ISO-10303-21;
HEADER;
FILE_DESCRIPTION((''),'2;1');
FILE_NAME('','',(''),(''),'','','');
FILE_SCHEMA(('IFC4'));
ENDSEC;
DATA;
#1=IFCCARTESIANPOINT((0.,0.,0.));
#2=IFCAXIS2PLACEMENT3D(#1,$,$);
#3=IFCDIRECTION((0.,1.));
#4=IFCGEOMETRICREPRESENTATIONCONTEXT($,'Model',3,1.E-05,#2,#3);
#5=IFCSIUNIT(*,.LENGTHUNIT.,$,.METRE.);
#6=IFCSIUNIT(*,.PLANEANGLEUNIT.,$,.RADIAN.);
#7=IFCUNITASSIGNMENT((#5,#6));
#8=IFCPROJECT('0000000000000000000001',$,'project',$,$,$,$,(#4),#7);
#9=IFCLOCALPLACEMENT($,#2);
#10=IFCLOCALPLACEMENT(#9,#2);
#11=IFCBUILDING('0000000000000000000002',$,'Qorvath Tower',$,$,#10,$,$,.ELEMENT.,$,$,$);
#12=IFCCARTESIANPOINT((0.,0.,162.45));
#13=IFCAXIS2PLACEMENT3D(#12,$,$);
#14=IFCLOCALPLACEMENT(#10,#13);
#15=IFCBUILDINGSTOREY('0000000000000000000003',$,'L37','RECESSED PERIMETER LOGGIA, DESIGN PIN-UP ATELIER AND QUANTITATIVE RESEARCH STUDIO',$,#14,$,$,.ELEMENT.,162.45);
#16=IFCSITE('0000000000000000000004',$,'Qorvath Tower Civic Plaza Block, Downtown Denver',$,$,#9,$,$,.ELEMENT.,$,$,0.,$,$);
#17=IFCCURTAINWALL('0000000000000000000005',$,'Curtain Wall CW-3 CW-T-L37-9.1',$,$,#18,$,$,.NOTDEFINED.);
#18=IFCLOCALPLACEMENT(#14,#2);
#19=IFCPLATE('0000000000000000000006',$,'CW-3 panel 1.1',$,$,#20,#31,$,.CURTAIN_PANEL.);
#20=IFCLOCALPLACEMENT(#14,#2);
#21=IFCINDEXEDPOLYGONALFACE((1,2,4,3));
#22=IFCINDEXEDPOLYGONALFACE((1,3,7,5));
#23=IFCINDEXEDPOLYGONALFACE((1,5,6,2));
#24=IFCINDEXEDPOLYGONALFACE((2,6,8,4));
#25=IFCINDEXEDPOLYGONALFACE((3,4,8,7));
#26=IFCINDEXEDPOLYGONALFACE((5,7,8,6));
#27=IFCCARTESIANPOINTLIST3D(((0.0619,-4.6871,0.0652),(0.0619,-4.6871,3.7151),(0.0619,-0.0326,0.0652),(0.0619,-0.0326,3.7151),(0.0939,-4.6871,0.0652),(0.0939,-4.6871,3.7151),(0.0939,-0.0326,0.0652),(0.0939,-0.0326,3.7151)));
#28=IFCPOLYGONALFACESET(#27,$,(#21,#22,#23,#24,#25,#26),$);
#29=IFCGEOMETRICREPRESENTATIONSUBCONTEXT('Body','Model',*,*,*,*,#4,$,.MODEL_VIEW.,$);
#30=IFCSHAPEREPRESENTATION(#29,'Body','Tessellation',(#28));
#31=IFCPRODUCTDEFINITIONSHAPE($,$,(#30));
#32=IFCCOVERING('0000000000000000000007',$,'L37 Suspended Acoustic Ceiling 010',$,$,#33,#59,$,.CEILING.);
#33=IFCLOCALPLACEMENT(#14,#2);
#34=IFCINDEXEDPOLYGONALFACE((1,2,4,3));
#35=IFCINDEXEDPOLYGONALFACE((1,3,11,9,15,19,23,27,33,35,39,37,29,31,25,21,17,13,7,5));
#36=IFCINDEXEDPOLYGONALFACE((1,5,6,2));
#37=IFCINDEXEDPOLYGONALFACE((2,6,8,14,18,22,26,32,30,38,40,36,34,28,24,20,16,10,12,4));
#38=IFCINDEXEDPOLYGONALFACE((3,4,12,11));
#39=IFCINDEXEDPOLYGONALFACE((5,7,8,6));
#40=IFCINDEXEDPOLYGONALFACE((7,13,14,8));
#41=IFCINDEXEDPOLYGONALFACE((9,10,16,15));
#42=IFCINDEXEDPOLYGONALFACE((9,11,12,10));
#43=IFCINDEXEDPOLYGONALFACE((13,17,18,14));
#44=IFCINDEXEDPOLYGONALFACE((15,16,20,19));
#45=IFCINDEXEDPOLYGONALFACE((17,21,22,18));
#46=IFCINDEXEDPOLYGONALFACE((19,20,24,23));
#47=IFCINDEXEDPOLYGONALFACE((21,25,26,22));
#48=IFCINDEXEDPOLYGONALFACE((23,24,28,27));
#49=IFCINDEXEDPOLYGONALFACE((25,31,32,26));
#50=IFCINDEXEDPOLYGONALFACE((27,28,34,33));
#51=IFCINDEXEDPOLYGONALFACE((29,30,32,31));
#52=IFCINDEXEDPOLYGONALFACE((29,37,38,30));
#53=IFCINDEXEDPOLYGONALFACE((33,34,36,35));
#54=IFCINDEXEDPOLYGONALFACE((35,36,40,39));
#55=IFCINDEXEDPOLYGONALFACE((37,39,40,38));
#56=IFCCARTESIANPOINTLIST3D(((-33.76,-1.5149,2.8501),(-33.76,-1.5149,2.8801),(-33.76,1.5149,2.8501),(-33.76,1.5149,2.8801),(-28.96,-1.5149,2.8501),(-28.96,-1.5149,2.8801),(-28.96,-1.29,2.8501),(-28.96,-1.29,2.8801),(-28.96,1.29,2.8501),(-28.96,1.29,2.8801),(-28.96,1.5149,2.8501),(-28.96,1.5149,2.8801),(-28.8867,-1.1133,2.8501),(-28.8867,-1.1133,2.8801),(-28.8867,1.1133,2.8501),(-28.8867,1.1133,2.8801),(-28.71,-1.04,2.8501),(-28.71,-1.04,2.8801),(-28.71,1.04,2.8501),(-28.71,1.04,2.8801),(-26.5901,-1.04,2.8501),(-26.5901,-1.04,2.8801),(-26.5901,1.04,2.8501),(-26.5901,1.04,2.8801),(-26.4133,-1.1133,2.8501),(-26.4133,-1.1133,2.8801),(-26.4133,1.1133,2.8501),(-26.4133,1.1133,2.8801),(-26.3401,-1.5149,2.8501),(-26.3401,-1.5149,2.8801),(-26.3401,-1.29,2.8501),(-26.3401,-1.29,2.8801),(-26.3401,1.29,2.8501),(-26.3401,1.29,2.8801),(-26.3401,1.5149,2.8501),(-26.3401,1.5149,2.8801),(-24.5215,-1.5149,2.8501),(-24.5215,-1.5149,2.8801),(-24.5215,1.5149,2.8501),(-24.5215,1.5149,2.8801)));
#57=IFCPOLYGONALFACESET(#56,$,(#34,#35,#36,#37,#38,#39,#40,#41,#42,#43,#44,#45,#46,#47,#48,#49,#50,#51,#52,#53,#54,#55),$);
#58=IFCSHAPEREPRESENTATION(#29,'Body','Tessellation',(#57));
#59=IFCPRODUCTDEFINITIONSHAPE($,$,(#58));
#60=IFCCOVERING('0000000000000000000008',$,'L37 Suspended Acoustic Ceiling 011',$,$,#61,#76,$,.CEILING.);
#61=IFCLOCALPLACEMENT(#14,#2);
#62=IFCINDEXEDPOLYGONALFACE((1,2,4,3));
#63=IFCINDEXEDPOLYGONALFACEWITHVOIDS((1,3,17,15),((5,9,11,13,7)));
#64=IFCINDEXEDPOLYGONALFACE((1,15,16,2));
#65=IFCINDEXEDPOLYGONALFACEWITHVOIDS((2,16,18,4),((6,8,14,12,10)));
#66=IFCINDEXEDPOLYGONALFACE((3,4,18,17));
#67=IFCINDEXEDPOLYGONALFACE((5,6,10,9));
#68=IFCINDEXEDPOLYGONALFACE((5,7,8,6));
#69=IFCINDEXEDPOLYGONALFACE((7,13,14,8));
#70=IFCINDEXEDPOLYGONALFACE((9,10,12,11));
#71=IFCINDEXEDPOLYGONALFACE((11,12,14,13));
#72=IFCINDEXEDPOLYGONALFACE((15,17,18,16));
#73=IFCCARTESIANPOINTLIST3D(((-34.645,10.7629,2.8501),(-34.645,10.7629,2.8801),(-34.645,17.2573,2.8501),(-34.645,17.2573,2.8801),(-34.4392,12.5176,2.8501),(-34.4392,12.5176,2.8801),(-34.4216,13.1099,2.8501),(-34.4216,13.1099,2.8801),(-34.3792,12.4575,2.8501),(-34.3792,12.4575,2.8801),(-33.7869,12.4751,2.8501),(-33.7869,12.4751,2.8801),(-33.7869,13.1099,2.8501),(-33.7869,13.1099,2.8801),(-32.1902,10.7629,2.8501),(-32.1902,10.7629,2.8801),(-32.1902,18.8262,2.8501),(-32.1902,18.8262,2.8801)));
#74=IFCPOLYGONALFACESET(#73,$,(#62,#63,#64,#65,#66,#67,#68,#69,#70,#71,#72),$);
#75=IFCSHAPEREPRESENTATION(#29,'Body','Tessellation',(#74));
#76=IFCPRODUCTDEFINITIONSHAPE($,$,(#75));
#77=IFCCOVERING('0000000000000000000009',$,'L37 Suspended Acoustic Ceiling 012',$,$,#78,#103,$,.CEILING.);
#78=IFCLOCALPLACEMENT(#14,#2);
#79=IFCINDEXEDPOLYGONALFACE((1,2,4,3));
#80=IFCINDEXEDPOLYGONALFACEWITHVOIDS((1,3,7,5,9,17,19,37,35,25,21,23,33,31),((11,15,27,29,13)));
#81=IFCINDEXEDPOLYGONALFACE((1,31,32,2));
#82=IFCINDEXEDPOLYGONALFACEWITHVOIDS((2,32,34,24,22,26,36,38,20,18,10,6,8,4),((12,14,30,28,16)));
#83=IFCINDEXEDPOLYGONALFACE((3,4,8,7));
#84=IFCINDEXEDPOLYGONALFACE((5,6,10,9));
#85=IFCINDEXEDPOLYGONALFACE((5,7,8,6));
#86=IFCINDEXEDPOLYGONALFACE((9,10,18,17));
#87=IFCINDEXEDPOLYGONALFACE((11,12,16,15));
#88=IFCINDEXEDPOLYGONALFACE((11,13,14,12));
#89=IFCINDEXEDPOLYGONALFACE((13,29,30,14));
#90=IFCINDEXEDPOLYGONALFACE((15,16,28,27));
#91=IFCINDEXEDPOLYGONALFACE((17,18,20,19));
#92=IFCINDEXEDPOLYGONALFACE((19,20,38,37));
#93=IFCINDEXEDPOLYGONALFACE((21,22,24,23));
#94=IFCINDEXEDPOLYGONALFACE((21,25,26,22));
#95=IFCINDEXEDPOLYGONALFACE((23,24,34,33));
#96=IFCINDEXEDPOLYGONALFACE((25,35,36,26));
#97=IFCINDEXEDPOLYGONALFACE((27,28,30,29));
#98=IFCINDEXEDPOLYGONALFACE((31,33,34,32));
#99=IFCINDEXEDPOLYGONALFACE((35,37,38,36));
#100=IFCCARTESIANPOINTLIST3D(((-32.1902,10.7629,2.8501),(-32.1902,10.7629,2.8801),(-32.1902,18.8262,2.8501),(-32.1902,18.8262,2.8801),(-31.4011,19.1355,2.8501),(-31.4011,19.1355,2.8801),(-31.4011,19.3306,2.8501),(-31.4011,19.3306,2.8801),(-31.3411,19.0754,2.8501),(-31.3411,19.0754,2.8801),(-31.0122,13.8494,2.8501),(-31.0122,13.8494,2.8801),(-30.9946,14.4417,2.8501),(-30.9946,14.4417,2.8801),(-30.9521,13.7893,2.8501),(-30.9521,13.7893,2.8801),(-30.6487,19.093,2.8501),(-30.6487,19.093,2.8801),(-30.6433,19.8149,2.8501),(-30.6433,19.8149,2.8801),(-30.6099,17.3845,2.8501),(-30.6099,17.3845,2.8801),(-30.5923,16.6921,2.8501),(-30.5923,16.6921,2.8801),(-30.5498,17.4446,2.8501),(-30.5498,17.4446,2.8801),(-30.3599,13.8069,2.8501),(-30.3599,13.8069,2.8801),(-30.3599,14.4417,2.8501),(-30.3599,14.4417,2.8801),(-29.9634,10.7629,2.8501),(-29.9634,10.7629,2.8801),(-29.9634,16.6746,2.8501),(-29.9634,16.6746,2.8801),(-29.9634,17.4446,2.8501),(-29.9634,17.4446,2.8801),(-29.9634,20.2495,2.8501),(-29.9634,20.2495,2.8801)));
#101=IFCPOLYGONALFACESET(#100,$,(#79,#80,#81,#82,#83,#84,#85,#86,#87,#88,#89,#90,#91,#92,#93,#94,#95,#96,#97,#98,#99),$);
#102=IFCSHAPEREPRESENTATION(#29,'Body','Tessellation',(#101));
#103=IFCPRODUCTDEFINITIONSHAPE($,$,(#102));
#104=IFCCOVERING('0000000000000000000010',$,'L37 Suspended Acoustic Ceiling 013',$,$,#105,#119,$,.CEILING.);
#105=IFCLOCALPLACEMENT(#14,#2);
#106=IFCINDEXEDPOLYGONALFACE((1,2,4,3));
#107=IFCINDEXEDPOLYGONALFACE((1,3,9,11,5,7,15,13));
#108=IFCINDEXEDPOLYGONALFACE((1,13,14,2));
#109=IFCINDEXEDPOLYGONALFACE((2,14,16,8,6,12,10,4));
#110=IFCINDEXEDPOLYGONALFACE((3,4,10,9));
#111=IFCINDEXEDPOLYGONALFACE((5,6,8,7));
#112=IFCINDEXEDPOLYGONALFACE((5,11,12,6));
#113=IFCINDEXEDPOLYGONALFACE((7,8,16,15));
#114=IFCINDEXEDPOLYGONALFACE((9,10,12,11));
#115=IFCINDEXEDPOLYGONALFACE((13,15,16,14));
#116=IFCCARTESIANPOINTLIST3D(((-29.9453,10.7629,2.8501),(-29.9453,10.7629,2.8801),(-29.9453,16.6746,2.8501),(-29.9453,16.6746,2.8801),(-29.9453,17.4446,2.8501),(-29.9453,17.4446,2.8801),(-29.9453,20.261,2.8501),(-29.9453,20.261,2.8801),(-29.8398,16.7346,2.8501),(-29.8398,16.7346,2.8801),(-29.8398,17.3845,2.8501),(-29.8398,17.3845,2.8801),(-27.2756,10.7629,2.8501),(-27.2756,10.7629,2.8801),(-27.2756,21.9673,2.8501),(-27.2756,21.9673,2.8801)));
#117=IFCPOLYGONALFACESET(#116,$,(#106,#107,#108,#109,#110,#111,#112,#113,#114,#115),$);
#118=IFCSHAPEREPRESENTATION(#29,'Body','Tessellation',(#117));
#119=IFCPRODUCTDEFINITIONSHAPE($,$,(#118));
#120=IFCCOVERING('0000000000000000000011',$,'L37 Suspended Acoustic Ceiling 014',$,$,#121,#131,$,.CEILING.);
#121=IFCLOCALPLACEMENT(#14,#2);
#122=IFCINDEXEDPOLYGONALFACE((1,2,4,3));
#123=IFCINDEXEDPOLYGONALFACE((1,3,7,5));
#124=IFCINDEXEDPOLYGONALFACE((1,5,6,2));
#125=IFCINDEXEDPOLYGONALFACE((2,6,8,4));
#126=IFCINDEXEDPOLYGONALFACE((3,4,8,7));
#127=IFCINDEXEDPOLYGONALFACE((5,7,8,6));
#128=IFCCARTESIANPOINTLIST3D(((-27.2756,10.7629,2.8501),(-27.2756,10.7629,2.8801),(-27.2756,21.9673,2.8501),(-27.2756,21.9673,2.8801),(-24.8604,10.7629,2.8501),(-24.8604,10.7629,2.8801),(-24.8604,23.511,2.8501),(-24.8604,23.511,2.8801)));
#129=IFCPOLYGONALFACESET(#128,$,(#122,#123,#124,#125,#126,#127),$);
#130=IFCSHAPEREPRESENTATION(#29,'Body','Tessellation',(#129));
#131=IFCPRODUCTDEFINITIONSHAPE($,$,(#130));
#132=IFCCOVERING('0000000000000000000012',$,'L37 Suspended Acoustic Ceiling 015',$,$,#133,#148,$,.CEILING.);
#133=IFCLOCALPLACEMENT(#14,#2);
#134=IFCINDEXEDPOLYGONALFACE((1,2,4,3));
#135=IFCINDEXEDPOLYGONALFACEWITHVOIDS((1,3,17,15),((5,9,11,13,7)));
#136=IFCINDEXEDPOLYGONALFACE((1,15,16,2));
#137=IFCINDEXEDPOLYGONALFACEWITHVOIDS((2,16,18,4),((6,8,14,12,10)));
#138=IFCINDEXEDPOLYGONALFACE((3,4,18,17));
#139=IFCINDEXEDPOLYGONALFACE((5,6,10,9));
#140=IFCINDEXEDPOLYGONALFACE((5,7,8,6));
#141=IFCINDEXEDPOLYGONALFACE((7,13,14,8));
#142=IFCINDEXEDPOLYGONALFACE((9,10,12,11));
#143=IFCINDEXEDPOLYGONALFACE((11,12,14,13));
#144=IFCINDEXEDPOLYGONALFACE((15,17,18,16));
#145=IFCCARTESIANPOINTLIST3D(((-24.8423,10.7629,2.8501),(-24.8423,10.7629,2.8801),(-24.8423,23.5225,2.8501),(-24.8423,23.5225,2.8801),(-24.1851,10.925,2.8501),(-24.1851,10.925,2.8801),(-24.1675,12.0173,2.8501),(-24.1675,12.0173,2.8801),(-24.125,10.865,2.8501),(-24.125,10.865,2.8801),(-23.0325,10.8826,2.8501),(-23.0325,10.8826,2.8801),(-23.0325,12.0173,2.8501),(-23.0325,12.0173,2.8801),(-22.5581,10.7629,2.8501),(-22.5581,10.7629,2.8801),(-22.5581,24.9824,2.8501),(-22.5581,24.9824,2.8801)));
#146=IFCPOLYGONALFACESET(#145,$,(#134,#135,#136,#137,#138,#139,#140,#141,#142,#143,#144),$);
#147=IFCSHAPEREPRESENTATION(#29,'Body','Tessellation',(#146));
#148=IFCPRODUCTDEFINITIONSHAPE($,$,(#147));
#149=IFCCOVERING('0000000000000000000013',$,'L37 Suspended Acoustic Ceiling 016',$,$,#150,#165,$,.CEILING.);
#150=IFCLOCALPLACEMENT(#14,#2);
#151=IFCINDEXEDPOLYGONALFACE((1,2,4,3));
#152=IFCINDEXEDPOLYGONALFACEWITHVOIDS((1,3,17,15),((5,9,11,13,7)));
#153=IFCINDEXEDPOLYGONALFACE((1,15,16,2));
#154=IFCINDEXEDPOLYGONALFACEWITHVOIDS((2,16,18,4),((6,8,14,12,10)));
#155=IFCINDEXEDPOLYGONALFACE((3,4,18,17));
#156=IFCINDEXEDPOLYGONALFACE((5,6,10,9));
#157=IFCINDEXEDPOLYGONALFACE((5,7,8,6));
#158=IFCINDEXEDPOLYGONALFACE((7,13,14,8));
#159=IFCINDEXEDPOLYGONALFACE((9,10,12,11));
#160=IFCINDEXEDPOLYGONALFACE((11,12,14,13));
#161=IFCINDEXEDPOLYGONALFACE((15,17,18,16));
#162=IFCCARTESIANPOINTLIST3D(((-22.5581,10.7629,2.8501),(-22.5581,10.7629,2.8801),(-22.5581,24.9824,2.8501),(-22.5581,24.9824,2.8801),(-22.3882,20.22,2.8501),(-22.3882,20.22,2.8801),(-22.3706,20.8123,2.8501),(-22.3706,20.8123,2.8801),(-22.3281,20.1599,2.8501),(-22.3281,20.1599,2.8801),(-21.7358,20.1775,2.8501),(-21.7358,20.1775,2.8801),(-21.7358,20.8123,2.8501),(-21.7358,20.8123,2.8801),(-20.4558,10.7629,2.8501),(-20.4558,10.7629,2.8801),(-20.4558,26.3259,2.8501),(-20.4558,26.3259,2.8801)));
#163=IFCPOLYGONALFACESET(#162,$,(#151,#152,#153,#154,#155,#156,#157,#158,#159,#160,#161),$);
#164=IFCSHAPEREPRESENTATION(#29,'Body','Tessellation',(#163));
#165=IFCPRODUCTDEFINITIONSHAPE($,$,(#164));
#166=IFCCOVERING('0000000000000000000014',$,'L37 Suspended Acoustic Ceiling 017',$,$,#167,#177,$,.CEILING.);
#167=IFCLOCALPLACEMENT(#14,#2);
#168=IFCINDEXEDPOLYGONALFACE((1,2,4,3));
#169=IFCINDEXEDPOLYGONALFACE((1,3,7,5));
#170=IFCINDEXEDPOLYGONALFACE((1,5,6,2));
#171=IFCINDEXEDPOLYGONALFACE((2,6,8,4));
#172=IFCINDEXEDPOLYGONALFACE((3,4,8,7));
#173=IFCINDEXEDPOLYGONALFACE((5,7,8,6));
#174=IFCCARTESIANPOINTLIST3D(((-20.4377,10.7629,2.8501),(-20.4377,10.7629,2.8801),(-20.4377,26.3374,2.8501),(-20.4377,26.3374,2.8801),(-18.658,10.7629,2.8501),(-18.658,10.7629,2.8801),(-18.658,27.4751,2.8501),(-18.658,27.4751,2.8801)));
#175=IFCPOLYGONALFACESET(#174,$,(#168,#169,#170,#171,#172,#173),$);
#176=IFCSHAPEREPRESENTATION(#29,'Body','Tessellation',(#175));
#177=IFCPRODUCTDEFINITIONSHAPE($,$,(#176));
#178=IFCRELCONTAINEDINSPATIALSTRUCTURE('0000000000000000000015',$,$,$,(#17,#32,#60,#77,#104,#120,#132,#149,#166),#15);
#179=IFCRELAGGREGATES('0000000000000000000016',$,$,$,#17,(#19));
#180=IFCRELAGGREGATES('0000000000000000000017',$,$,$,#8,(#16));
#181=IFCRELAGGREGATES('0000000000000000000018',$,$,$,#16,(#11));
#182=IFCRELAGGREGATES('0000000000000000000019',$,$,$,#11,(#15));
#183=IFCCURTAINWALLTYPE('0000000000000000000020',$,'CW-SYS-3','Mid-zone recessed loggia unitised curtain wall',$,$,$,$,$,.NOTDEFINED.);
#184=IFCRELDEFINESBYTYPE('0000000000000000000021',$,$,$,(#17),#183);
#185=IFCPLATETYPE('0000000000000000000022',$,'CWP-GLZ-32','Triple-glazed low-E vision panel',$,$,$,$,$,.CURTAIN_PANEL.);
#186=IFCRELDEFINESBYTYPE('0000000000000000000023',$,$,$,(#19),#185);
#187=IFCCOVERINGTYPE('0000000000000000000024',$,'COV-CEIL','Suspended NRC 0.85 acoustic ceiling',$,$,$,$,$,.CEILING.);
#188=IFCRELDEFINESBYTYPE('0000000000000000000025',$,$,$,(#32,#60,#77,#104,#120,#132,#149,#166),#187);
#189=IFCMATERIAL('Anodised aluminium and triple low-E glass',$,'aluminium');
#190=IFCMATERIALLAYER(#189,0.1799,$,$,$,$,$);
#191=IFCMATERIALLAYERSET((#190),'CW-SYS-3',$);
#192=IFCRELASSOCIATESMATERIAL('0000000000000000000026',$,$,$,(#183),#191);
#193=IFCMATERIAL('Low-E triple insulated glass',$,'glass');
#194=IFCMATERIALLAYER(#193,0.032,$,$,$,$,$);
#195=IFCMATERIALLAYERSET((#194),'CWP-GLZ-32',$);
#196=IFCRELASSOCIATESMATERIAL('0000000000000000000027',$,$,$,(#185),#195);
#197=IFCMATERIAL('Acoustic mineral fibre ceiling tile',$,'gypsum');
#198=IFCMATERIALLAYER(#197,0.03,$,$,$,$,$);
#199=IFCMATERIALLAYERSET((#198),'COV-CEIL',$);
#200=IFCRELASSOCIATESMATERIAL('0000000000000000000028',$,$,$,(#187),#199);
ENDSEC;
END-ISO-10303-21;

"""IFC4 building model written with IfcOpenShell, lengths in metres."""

from ifc_helpers import new_model, si_unit, direction, frame, origin, origin_2d, place, context, subcontext, project, spatial, polyline, rectangle, outline, extrude, material, layer, layer_set, type_object, element, aggregate, save


model = new_model("IFC4")

# Units and contexts
model_context = context("Model", 3, precision=1e-05, world=origin(), true_north=direction((0.0, 1.0)))
body_context = subcontext(model_context, "Body", "Model", "MODEL_VIEW")
ifc_project = project(units=[si_unit("LENGTHUNIT", "METRE"), si_unit("PLANEANGLEUNIT", "RADIAN")], contexts=[model_context])

# Site, building, storey
site_placement = place(None, origin())
site = spatial("IfcSite", under=ifc_project, at=site_placement, Name="Qorvath Tower Civic Plaza Block, Downtown Denver", CompositionType="ELEMENT", RefElevation=0.0)
building_placement = place(site_placement, origin())
building = spatial("IfcBuilding", under=site, at=building_placement, Name="Qorvath Tower", CompositionType="ELEMENT")
storey_placement = place(building_placement, frame((0.0, 0.0, 162.45)))
storey = spatial("IfcBuildingStorey", under=building, at=storey_placement, Name="L37", Description="RECESSED PERIMETER LOGGIA, DESIGN PIN-UP ATELIER AND QUANTITATIVE RESEARCH STUDIO", CompositionType="ELEMENT", Elevation=162.45)

# Curtain wall, plate
ifc_material_1 = material(Name="Anodised aluminium and triple low-E glass", Category="aluminium")
ifc_layer_1 = layer(ifc_material_1, 0.1799)
ifc_layer_set_1 = layer_set([ifc_layer_1], Name="CW-SYS-3")
curtain_wall_type = type_object("IfcCurtainWallType", Name="CW-SYS-3", Description="Mid-zone recessed loggia unitised curtain wall", PredefinedType="NOTDEFINED", material=ifc_layer_set_1)
curtain_wall_placement = place(storey_placement, origin())
curtain_wall = element("IfcCurtainWall", 1, at=curtain_wall_placement, inside=storey, type_object=curtain_wall_type, Name="Curtain Wall CW-3 CW-T-L37-9.1", PredefinedType="NOTDEFINED")
ifc_material_2 = material(Name="Low-E triple insulated glass", Category="glass")
ifc_layer_2 = layer(ifc_material_2, 0.032)
ifc_layer_set_2 = layer_set([ifc_layer_2], Name="CWP-GLZ-32")
plate_type = type_object("IfcPlateType", Name="CWP-GLZ-32", Description="Triple-glazed low-E vision panel", PredefinedType="CURTAIN_PANEL", material=ifc_layer_set_2)
plate_placement = place(storey_placement, frame((0.0779, -2.3599, 0.0652), z_axis=(0.0, 0.0, 1.0), x_axis=(0.0, 1.0, 0.0)))
plate = element("IfcPlate", 2, at=plate_placement, type_object=plate_type, Name="CW-3 panel 1.1", PredefinedType="CURTAIN_PANEL", context=body_context, shape_type="SweptSolid", body=[
    extrude(rectangle(XDim=4.6545, YDim=0.032, at=origin_2d()), origin(), (0.0, 0.0, 1.0), 3.6499),
])
aggregate(curtain_wall, [plate])

# Coverings
ifc_material_3 = material(Name="Acoustic mineral fibre ceiling tile", Category="gypsum")
ifc_layer_3 = layer(ifc_material_3, 0.03)
ifc_layer_set_3 = layer_set([ifc_layer_3], Name="COV-CEIL")
covering_type_1 = type_object("IfcCoveringType", Name="COV-CEIL", Description="Suspended NRC 0.85 acoustic ceiling", PredefinedType="CEILING", material=ifc_layer_set_3)
covering_1_placement = place(storey_placement, frame((0.0, 0.0, 2.8501)))
element("IfcCovering", 3, at=covering_1_placement, inside=storey, type_object=covering_type_1, Name="L37 Suspended Acoustic Ceiling 010", PredefinedType="CEILING", context=body_context, shape_type="SweptSolid", body=[
    extrude(outline(polyline([(-24.5215, -1.5149), (-24.5215, 1.5149), (-26.3401, 1.5149), (-26.3401, 1.29), (-26.4133, 1.1133), (-26.5901, 1.04), (-28.71, 1.04), (-28.8867, 1.1133), (-28.96, 1.29), (-28.96, 1.5149), (-33.76, 1.5149), (-33.76, -1.5149), (-28.96, -1.5149), (-28.96, -1.29), (-28.8867, -1.1133), (-28.71, -1.04), (-26.5901, -1.04), (-26.4133, -1.1133), (-26.3401, -1.29), (-26.3401, -1.5149), (-24.5215, -1.5149)])), origin(), (0.0, 0.0, 1.0), 0.03),
])
covering_2_placement = place(storey_placement, frame((0.0, 0.0, 2.8501)))
element("IfcCovering", 4, at=covering_2_placement, inside=storey, type_object=covering_type_1, Name="L37 Suspended Acoustic Ceiling 011", PredefinedType="CEILING", context=body_context, shape_type="SweptSolid", body=[
    extrude(outline(polyline([(-32.1902, 10.7629), (-32.1902, 18.8262), (-34.645, 17.2573), (-34.645, 10.7629), (-32.1902, 10.7629)]), holes=[polyline([(-34.4392, 12.5176), (-34.4216, 13.1099), (-33.7869, 13.1099), (-33.7869, 12.4751), (-34.3792, 12.4575), (-34.4392, 12.5176)])]), origin(), (0.0, 0.0, 1.0), 0.03),
])
covering_3_placement = place(storey_placement, frame((0.0, 0.0, 2.8501)))
element("IfcCovering", 5, at=covering_3_placement, inside=storey, type_object=covering_type_1, Name="L37 Suspended Acoustic Ceiling 012", PredefinedType="CEILING", context=body_context, shape_type="SweptSolid", body=[
    extrude(outline(polyline([(-29.9634, 17.4446), (-29.9634, 20.2495), (-30.6433, 19.8149), (-30.6487, 19.093), (-31.3411, 19.0754), (-31.4011, 19.1355), (-31.4011, 19.3306), (-32.1902, 18.8262), (-32.1902, 10.7629), (-29.9634, 10.7629), (-29.9634, 16.6746), (-30.5923, 16.6921), (-30.6099, 17.3845), (-30.5498, 17.4446), (-29.9634, 17.4446)]), holes=[polyline([(-31.0122, 13.8494), (-30.9946, 14.4417), (-30.3599, 14.4417), (-30.3599, 13.8069), (-30.9521, 13.7893), (-31.0122, 13.8494)])]), origin(), (0.0, 0.0, 1.0), 0.03),
])
covering_4_placement = place(storey_placement, frame((0.0, 0.0, 2.8501)))
element("IfcCovering", 6, at=covering_4_placement, inside=storey, type_object=covering_type_1, Name="L37 Suspended Acoustic Ceiling 013", PredefinedType="CEILING", context=body_context, shape_type="SweptSolid", body=[
    extrude(outline(polyline([(-29.9453, 16.6746), (-29.9453, 10.7629), (-27.2756, 10.7629), (-27.2756, 21.9673), (-29.9453, 20.261), (-29.9453, 17.4446), (-29.8398, 17.3845), (-29.8398, 16.7346), (-29.9453, 16.6746)])), origin(), (0.0, 0.0, 1.0), 0.03),
])
covering_5_placement = place(storey_placement, frame((0.0, 0.0, 2.8501)))
element("IfcCovering", 7, at=covering_5_placement, inside=storey, type_object=covering_type_1, Name="L37 Suspended Acoustic Ceiling 014", PredefinedType="CEILING", context=body_context, shape_type="SweptSolid", body=[
    extrude(outline(polyline([(-27.2756, 21.9673), (-27.2756, 10.7629), (-24.8604, 10.7629), (-24.8604, 23.511), (-27.2756, 21.9673)])), origin(), (0.0, 0.0, 1.0), 0.03),
])
covering_6_placement = place(storey_placement, frame((0.0, 0.0, 2.8501)))
element("IfcCovering", 8, at=covering_6_placement, inside=storey, type_object=covering_type_1, Name="L37 Suspended Acoustic Ceiling 015", PredefinedType="CEILING", context=body_context, shape_type="SweptSolid", body=[
    extrude(outline(polyline([(-24.8423, 23.5225), (-24.8423, 10.7629), (-22.5581, 10.7629), (-22.5581, 24.9824), (-24.8423, 23.5225)]), holes=[polyline([(-24.1851, 10.925), (-24.1675, 12.0173), (-23.0325, 12.0173), (-23.0325, 10.8826), (-24.125, 10.865), (-24.1851, 10.925)])]), origin(), (0.0, 0.0, 1.0), 0.03),
])
covering_7_placement = place(storey_placement, frame((0.0, 0.0, 2.8501)))
element("IfcCovering", 9, at=covering_7_placement, inside=storey, type_object=covering_type_1, Name="L37 Suspended Acoustic Ceiling 016", PredefinedType="CEILING", context=body_context, shape_type="SweptSolid", body=[
    extrude(outline(polyline([(-22.5581, 24.9824), (-22.5581, 10.7629), (-20.4558, 10.7629), (-20.4558, 26.3259), (-22.5581, 24.9824)]), holes=[polyline([(-22.3882, 20.22), (-22.3706, 20.8123), (-21.7358, 20.8123), (-21.7358, 20.1775), (-22.3281, 20.1599), (-22.3882, 20.22)])]), origin(), (0.0, 0.0, 1.0), 0.03),
])
covering_8_placement = place(storey_placement, frame((0.0, 0.0, 2.8501)))
element("IfcCovering", 10, at=covering_8_placement, inside=storey, type_object=covering_type_1, Name="L37 Suspended Acoustic Ceiling 017", PredefinedType="CEILING", context=body_context, shape_type="SweptSolid", body=[
    extrude(outline(polyline([(-18.658, 10.7629), (-18.658, 27.4751), (-20.4377, 26.3374), (-20.4377, 10.7629), (-18.658, 10.7629)])), origin(), (0.0, 0.0, 1.0), 0.03),
])

save(model, "model.ifc")
